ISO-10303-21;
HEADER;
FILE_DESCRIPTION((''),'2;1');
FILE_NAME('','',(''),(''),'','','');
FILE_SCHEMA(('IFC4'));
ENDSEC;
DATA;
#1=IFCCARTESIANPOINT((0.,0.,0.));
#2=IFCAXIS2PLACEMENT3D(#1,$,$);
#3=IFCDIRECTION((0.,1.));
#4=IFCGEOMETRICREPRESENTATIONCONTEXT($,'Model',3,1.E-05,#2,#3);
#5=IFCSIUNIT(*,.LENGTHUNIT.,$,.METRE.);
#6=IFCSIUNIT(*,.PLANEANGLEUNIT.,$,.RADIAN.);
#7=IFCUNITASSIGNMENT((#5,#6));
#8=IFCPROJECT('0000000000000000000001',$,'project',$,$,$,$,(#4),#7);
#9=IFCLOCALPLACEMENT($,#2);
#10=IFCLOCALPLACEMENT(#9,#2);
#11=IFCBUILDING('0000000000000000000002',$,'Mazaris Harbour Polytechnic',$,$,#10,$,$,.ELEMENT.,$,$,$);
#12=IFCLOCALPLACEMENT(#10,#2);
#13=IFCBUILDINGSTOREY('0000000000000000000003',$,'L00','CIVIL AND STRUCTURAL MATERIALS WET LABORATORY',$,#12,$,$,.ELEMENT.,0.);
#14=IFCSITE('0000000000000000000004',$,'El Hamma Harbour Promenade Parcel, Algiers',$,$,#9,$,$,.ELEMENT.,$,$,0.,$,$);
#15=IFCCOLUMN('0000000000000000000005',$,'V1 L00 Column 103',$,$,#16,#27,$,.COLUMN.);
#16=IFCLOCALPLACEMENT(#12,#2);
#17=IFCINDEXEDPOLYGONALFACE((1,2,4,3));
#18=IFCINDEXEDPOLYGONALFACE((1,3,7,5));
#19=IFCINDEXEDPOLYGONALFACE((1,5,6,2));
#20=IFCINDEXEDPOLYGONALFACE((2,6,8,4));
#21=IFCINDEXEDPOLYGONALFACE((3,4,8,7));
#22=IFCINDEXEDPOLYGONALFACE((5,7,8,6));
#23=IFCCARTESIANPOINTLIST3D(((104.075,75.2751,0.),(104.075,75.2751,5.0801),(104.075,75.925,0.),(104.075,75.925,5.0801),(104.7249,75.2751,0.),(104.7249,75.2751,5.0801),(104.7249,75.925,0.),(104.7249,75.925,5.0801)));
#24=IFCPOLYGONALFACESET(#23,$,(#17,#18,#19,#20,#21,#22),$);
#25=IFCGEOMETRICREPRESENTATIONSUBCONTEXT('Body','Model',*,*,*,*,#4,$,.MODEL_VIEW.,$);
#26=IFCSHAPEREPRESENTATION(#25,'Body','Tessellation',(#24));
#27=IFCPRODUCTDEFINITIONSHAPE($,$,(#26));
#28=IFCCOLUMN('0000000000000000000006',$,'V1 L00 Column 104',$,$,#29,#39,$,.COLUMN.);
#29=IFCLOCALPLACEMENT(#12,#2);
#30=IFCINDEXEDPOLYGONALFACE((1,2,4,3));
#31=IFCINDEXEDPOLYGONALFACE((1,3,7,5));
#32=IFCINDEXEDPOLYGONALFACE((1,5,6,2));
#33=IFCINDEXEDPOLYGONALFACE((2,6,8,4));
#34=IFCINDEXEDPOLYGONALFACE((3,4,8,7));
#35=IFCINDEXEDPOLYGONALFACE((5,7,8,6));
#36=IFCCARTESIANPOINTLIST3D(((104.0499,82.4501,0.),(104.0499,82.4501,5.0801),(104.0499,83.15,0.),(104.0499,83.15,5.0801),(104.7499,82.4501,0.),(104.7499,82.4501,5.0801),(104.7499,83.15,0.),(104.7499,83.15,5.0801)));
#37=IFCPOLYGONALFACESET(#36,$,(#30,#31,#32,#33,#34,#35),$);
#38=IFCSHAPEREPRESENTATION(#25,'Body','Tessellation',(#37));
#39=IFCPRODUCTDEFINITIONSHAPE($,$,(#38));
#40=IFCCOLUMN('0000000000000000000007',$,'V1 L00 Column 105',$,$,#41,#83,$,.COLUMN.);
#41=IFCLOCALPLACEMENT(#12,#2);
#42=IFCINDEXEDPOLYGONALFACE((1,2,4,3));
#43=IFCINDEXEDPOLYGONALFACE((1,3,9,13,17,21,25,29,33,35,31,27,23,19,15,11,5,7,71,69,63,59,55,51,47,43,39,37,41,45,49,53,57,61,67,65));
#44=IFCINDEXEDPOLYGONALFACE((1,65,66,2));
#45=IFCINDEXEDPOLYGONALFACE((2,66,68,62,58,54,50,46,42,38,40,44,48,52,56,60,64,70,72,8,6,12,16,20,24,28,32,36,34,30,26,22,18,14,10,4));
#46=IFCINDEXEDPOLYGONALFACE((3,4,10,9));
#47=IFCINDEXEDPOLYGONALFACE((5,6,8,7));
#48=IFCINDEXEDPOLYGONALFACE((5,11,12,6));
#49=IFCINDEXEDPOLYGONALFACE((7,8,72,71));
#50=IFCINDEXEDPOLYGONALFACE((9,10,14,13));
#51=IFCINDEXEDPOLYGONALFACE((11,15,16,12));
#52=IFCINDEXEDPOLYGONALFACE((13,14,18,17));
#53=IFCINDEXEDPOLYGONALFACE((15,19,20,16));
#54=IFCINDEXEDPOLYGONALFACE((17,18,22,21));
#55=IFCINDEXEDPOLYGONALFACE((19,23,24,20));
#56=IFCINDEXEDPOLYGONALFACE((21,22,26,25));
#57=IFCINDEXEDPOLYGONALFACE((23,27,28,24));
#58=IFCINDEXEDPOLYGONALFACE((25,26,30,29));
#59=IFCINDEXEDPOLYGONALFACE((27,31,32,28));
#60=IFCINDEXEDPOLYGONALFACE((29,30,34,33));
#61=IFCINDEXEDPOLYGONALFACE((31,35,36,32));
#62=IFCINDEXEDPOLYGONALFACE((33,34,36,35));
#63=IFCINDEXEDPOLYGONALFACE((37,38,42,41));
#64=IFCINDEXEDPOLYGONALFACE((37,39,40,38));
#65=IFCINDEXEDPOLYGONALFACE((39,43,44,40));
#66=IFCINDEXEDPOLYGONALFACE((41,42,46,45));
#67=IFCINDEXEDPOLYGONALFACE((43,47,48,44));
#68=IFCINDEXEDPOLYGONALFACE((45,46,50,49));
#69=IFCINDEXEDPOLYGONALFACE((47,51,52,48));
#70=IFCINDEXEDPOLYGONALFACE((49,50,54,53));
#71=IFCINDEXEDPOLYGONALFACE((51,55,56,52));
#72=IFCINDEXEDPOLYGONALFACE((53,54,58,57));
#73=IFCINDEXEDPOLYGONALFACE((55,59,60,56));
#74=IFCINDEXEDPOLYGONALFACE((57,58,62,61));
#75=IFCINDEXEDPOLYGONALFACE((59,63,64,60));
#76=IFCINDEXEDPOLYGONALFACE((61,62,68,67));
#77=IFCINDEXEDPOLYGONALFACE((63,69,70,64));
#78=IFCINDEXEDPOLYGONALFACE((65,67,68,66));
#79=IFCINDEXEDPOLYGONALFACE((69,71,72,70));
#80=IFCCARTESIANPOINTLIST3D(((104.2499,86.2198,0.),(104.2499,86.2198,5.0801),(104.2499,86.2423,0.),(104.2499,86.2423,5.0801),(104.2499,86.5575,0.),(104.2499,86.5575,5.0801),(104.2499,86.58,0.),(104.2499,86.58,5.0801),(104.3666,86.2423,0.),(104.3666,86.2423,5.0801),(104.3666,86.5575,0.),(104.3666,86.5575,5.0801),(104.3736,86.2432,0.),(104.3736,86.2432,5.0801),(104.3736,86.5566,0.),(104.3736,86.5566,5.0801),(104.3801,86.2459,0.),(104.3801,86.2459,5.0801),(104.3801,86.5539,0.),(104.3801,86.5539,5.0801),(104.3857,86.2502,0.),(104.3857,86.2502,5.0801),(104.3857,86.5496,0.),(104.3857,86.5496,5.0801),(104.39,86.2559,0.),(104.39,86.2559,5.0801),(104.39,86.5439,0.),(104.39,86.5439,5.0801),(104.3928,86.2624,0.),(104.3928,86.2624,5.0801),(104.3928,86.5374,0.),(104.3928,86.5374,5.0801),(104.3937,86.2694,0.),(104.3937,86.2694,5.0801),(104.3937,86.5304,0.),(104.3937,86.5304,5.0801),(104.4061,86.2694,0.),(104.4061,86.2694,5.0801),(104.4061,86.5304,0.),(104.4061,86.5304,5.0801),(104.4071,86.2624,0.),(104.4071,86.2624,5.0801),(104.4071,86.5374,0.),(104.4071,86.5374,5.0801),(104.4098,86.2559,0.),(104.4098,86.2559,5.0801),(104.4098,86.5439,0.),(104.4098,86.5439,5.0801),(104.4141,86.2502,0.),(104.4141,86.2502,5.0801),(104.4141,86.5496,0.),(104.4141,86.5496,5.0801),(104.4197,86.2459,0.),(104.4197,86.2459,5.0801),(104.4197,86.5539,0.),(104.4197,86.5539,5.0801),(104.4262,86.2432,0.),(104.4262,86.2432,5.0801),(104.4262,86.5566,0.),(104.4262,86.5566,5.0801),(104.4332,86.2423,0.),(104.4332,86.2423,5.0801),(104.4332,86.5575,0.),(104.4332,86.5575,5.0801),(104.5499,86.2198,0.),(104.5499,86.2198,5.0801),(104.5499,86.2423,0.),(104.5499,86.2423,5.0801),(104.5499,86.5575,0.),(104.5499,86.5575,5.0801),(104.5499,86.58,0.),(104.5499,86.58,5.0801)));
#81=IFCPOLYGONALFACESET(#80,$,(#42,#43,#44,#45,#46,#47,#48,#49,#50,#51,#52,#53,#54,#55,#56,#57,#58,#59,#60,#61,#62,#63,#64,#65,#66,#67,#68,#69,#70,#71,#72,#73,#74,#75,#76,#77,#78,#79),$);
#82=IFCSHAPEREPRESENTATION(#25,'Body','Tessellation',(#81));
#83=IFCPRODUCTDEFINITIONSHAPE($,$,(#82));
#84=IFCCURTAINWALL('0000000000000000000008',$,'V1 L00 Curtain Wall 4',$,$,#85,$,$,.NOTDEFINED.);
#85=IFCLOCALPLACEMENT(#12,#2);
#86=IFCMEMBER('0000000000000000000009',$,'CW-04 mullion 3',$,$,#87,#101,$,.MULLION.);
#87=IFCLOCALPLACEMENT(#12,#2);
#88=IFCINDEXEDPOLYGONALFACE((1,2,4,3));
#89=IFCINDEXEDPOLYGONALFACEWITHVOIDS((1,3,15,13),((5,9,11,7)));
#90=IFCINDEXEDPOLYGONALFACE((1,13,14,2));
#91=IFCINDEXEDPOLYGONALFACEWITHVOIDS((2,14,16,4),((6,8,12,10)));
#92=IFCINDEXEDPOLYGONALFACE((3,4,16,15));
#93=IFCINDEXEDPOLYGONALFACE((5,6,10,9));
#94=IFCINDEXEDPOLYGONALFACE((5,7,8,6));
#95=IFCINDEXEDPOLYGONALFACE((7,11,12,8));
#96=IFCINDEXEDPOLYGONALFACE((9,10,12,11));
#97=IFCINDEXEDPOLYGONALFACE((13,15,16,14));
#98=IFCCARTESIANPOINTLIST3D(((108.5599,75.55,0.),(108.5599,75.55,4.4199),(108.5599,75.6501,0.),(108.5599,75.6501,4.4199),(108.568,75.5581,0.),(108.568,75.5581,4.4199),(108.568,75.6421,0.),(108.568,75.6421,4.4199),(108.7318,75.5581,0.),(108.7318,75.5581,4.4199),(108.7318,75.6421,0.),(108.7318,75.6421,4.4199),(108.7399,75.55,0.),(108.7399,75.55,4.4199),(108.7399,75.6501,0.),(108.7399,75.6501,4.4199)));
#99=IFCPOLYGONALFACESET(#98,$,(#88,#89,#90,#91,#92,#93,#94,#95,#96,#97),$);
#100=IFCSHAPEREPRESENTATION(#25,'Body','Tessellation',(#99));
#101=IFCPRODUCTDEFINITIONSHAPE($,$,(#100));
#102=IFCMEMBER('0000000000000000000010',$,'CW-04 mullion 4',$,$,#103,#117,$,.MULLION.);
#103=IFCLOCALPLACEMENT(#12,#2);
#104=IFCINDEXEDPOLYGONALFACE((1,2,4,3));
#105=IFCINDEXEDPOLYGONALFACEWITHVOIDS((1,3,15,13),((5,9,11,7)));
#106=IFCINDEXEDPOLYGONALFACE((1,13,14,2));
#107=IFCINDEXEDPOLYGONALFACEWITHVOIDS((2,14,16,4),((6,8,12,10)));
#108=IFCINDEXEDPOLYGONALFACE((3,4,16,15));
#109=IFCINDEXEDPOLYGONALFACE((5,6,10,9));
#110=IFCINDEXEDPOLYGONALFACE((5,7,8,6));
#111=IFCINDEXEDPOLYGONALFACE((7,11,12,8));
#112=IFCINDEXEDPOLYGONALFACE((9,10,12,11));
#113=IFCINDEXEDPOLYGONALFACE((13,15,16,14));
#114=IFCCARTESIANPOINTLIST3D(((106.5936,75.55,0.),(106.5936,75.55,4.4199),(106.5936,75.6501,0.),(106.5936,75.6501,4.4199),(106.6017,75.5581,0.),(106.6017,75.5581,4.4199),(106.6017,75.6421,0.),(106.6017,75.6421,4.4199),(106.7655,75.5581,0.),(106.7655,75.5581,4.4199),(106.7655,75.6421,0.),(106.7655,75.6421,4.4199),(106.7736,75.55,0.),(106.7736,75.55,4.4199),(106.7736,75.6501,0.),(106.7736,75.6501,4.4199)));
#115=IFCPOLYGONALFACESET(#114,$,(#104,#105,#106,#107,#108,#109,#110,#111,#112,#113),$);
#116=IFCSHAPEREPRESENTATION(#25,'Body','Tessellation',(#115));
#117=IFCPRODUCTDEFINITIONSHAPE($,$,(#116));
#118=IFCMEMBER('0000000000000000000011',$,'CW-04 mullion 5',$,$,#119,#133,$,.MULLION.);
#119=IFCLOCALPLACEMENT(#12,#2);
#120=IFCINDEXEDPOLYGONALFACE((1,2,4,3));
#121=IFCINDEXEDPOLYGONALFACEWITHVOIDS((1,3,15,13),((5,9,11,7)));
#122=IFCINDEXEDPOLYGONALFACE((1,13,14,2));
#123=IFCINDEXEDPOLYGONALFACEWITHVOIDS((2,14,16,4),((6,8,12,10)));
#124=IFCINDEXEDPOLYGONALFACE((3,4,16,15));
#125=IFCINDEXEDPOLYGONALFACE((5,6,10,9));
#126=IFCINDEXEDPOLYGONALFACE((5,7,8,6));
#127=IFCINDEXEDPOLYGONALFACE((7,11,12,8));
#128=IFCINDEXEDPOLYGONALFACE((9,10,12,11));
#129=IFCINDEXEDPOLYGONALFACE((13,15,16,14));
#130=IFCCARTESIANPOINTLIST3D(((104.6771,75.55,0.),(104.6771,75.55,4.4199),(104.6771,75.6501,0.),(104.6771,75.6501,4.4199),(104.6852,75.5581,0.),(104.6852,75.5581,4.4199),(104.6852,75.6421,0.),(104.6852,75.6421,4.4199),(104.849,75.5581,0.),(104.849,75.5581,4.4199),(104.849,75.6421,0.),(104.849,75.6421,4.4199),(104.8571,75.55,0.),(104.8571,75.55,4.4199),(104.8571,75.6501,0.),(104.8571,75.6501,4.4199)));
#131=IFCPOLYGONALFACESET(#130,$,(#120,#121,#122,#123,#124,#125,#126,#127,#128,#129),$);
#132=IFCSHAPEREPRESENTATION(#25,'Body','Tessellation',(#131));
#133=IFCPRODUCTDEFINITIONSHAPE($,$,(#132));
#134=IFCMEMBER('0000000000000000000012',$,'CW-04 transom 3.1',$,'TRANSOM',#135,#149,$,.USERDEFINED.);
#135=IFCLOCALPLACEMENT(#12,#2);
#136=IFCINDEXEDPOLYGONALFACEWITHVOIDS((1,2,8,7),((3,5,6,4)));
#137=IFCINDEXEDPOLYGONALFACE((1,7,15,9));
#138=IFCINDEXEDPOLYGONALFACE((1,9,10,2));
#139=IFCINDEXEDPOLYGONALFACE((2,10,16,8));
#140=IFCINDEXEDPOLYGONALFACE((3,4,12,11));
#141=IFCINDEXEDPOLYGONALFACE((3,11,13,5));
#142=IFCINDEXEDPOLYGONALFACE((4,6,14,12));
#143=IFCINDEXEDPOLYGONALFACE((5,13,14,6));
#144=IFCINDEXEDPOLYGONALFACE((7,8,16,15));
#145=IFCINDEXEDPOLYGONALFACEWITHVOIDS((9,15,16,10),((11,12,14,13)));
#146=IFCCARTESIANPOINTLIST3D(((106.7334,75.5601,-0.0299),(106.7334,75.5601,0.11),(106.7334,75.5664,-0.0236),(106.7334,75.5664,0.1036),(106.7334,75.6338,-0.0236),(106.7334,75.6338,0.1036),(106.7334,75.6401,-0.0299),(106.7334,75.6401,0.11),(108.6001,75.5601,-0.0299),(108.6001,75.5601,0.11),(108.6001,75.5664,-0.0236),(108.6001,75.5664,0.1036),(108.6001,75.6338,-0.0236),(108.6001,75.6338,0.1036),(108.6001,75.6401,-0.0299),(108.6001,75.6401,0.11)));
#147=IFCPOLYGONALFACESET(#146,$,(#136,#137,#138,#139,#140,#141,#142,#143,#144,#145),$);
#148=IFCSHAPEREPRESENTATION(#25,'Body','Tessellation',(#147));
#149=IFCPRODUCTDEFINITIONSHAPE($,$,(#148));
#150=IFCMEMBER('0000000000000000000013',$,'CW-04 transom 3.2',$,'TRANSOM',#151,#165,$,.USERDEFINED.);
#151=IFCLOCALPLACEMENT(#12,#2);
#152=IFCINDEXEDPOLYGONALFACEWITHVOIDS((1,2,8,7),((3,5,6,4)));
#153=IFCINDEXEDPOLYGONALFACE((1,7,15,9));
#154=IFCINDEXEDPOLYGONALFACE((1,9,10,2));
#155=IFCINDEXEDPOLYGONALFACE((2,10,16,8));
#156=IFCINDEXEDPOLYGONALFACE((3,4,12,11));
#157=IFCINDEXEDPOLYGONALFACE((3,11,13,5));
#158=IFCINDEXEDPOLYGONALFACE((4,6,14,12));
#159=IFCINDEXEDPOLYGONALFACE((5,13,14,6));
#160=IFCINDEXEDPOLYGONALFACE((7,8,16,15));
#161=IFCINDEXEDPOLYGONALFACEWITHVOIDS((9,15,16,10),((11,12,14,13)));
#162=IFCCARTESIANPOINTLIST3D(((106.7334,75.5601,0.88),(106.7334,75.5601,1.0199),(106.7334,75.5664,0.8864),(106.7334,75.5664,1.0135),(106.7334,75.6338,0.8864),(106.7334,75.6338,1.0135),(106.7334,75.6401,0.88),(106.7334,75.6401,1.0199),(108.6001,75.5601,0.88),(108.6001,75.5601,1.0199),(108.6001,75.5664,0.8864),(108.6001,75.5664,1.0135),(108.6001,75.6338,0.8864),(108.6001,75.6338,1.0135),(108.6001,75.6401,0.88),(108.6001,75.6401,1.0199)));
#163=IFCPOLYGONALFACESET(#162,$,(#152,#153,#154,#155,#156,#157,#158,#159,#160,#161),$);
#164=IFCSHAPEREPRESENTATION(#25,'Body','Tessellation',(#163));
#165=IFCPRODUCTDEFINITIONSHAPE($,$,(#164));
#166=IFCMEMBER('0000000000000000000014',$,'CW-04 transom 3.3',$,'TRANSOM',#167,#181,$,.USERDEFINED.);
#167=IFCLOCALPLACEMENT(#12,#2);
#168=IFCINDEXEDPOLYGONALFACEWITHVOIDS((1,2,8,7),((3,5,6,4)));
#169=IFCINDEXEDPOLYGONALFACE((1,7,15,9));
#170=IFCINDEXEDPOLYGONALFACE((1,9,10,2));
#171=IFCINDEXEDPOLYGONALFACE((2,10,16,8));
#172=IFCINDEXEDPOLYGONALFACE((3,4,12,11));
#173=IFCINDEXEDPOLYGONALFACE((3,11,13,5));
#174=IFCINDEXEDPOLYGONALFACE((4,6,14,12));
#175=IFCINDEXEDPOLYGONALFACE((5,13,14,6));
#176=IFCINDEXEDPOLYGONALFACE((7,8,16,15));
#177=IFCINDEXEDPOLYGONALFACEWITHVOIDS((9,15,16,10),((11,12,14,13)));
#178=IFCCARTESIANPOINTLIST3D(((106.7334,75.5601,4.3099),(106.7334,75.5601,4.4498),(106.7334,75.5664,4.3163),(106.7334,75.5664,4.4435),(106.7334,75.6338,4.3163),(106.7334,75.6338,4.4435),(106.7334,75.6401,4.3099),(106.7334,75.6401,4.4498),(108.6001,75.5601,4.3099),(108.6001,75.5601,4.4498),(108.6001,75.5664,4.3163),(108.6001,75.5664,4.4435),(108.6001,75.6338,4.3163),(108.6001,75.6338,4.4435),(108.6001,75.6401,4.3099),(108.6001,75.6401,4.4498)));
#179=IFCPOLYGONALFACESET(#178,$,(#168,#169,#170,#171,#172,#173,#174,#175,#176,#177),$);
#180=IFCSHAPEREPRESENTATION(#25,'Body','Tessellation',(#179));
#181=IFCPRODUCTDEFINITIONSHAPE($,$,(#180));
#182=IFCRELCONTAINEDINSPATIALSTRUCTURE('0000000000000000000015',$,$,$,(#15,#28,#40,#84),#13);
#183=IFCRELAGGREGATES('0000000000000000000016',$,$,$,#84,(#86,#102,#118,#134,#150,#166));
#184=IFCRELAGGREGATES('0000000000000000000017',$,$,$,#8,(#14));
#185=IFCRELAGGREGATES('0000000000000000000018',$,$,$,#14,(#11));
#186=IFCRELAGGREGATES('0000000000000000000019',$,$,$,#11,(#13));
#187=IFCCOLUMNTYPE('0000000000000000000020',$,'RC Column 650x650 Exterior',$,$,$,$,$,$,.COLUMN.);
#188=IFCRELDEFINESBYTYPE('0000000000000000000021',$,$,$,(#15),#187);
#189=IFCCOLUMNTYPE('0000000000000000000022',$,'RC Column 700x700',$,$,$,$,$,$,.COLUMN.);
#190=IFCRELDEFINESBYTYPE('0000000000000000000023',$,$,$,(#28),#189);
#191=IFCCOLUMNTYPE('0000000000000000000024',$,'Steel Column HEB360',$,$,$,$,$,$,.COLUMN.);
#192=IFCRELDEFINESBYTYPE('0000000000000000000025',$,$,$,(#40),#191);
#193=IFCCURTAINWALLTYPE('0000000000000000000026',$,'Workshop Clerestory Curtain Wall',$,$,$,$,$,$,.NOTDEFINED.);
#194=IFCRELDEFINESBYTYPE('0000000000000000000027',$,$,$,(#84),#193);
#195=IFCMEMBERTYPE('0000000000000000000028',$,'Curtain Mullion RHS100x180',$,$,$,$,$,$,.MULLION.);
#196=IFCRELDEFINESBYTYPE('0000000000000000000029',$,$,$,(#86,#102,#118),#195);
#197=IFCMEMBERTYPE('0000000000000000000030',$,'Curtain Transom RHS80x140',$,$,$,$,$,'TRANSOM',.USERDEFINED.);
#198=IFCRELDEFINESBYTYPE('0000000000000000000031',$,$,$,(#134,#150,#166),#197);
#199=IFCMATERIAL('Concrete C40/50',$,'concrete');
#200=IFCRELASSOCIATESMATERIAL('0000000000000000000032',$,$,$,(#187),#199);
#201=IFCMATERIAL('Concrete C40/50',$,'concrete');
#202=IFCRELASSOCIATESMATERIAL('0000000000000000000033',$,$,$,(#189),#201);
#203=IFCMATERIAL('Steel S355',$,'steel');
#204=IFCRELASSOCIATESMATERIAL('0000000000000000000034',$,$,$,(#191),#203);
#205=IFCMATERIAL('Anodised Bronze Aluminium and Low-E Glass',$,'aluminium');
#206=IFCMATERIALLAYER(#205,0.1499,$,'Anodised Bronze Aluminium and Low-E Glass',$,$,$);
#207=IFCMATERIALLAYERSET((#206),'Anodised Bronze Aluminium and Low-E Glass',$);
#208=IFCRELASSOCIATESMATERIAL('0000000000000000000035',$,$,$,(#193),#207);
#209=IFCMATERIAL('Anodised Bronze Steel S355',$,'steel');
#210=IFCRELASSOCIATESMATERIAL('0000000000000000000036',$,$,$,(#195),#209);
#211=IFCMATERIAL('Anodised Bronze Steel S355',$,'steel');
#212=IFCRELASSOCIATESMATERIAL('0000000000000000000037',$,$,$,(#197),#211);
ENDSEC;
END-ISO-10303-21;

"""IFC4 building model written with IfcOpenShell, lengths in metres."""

from ifc_helpers import new_model, si_unit, direction, frame, origin, origin_2d, place, context, subcontext, project, spatial, rectangle, hollow_rectangle, i_section, extrude, material, layer, layer_set, material_profile, profile_set, type_object, element, aggregate, save


model = new_model("IFC4")

# Units and contexts
model_context = context("Model", 3, precision=1e-05, world=origin(), true_north=direction((0.0, 1.0)))
body_context = subcontext(model_context, "Body", "Model", "MODEL_VIEW")
ifc_project = project(units=[si_unit("LENGTHUNIT", "METRE"), si_unit("PLANEANGLEUNIT", "RADIAN")], contexts=[model_context])

# Site, building, storey
site_placement = place(None, origin())
site = spatial("IfcSite", under=ifc_project, at=site_placement, Name="El Hamma Harbour Promenade Parcel, Algiers", CompositionType="ELEMENT", RefElevation=0.0)
building_placement = place(site_placement, origin())
building = spatial("IfcBuilding", under=site, at=building_placement, Name="Mazaris Harbour Polytechnic", CompositionType="ELEMENT")
storey_placement = place(building_placement, origin())
storey = spatial("IfcBuildingStorey", under=building, at=storey_placement, Name="L00", Description="CIVIL AND STRUCTURAL MATERIALS WET LABORATORY", CompositionType="ELEMENT", Elevation=0.0)

# Columns
ifc_material_1 = material(Name="Concrete C40/50", Category="concrete")
ifc_material_profile_1 = material_profile(ifc_material_1, rectangle(XDim=0.6499, YDim=0.6499, at=origin_2d()), Name="RECT650x650")
ifc_profile_set_1 = profile_set([ifc_material_profile_1], Name="Concrete C40/50")
column_type_1 = type_object("IfcColumnType", Name="RC Column 650x650 Exterior", PredefinedType="COLUMN", material=ifc_profile_set_1)
column_1_placement = place(storey_placement, frame((104.3999, 75.6001, 0.0), z_axis=(0.0, 0.0, 1.0), x_axis=(1.0, 0.0, 0.0)))
element("IfcColumn", 1, at=column_1_placement, inside=storey, type_object=column_type_1, Name="V1 L00 Column 103", PredefinedType="COLUMN", context=body_context, shape_type="SweptSolid", body=[
    extrude(rectangle(XDim=0.6499, YDim=0.6499, at=origin_2d()), origin(), (0.0, 0.0, 1.0), 5.0801),
])
ifc_material_2 = material(Name="Concrete C40/50", Category="concrete")
ifc_material_profile_2 = material_profile(ifc_material_2, rectangle(XDim=0.7, YDim=0.7, at=origin_2d()), Name="RECT700x700")
ifc_profile_set_2 = profile_set([ifc_material_profile_2], Name="Concrete C40/50")
column_type_2 = type_object("IfcColumnType", Name="RC Column 700x700", PredefinedType="COLUMN", material=ifc_profile_set_2)
column_2_placement = place(storey_placement, frame((104.3999, 82.8, 0.0), z_axis=(0.0, 0.0, 1.0), x_axis=(1.0, 0.0, 0.0)))
element("IfcColumn", 2, at=column_2_placement, inside=storey, type_object=column_type_2, Name="V1 L00 Column 104", PredefinedType="COLUMN", context=body_context, shape_type="SweptSolid", body=[
    extrude(rectangle(XDim=0.7, YDim=0.7, at=origin_2d()), origin(), (0.0, 0.0, 1.0), 5.0801),
])
ifc_material_3 = material(Name="Steel S355", Category="steel")
ifc_material_profile_3 = material_profile(ifc_material_3, i_section(OverallWidth=0.3, OverallDepth=0.3601, WebThickness=0.0125, FlangeThickness=0.0225, FilletRadius=0.0271, at=origin_2d()), Name="HEB 360")
ifc_profile_set_3 = profile_set([ifc_material_profile_3], Name="Steel S355")
column_type_3 = type_object("IfcColumnType", Name="Steel Column HEB360", PredefinedType="COLUMN", material=ifc_profile_set_3)
column_3_placement = place(storey_placement, frame((104.3999, 86.3999, 0.0), z_axis=(0.0, 0.0, 1.0), x_axis=(1.0, 0.0, 0.0)))
element("IfcColumn", 3, at=column_3_placement, inside=storey, type_object=column_type_3, Name="V1 L00 Column 105", PredefinedType="COLUMN", context=body_context, shape_type="SweptSolid", body=[
    extrude(i_section(OverallWidth=0.3, OverallDepth=0.3601, WebThickness=0.0125, FlangeThickness=0.0225, FilletRadius=0.0271, at=origin_2d()), origin(), (0.0, 0.0, 1.0), 5.0801),
])

# Curtain wall, members
ifc_material_4 = material(Name="Anodised Bronze Aluminium and Low-E Glass", Category="aluminium")
ifc_layer_1 = layer(ifc_material_4, 0.1499, Name="Anodised Bronze Aluminium and Low-E Glass")
ifc_layer_set_1 = layer_set([ifc_layer_1], Name="Anodised Bronze Aluminium and Low-E Glass")
curtain_wall_type = type_object("IfcCurtainWallType", Name="Workshop Clerestory Curtain Wall", PredefinedType="NOTDEFINED", material=ifc_layer_set_1)
curtain_wall_placement = place(storey_placement, origin())
curtain_wall = element("IfcCurtainWall", 4, at=curtain_wall_placement, inside=storey, type_object=curtain_wall_type, Name="V1 L00 Curtain Wall 4", PredefinedType="NOTDEFINED")
ifc_material_5 = material(Name="Anodised Bronze Steel S355", Category="steel")
ifc_material_profile_4 = material_profile(ifc_material_5, hollow_rectangle(XDim=0.1001, YDim=0.1799, WallThickness=0.0081, at=origin_2d()), Name="RHS 100x180x8.0")
ifc_profile_set_4 = profile_set([ifc_material_profile_4], Name="Anodised Bronze Steel S355")
member_type_1 = type_object("IfcMemberType", Name="Curtain Mullion RHS100x180", PredefinedType="MULLION", material=ifc_profile_set_4)
member_1_placement = place(storey_placement, frame((108.6499, 75.6001, 0.0), z_axis=(0.0, 0.0, 1.0), x_axis=(0.0, -1.0, 0.0)))
member_1 = element("IfcMember", 5, at=member_1_placement, type_object=member_type_1, Name="CW-04 mullion 3", PredefinedType="MULLION", context=body_context, shape_type="SweptSolid", body=[
    extrude(hollow_rectangle(XDim=0.1001, YDim=0.1799, WallThickness=0.0081, at=origin_2d()), origin(), (0.0, 0.0, 1.0), 4.4199),
])
member_2_placement = place(storey_placement, frame((106.6836, 75.6001, 0.0), z_axis=(0.0, 0.0, 1.0), x_axis=(0.0, -1.0, 0.0)))
member_2 = element("IfcMember", 6, at=member_2_placement, type_object=member_type_1, Name="CW-04 mullion 4", PredefinedType="MULLION", context=body_context, shape_type="SweptSolid", body=[
    extrude(hollow_rectangle(XDim=0.1001, YDim=0.1799, WallThickness=0.0081, at=origin_2d()), origin(), (0.0, 0.0, 1.0), 4.4199),
])
member_3_placement = place(storey_placement, frame((104.7671, 75.6001, 0.0), z_axis=(0.0, 0.0, 1.0), x_axis=(0.0, -1.0, 0.0)))
member_3 = element("IfcMember", 7, at=member_3_placement, type_object=member_type_1, Name="CW-04 mullion 5", PredefinedType="MULLION", context=body_context, shape_type="SweptSolid", body=[
    extrude(hollow_rectangle(XDim=0.1001, YDim=0.1799, WallThickness=0.0081, at=origin_2d()), origin(), (0.0, 0.0, 1.0), 4.4199),
])
ifc_material_6 = material(Name="Anodised Bronze Steel S355", Category="steel")
ifc_material_profile_5 = material_profile(ifc_material_6, hollow_rectangle(XDim=0.0801, YDim=0.1399, WallThickness=0.0063, at=origin_2d()), Name="RHS 80x140x6.3")
ifc_profile_set_5 = profile_set([ifc_material_profile_5], Name="Anodised Bronze Steel S355")
member_type_2 = type_object("IfcMemberType", Name="Curtain Transom RHS80x140", ElementType="TRANSOM", PredefinedType="USERDEFINED", material=ifc_profile_set_5)
member_4_placement = place(storey_placement, frame((108.6001, 75.6001, 0.04), z_axis=(-1.0, 0.0, 0.0), x_axis=(0.0, -1.0, 0.0)))
member_4 = element("IfcMember", 8, at=member_4_placement, type_object=member_type_2, Name="CW-04 transom 3.1", ObjectType="TRANSOM", PredefinedType="USERDEFINED", context=body_context, shape_type="SweptSolid", body=[
    extrude(hollow_rectangle(XDim=0.0801, YDim=0.1399, WallThickness=0.0063, at=origin_2d()), origin(), (0.0, 0.0, 1.0), 1.8667),
])
member_5_placement = place(storey_placement, frame((108.6001, 75.6001, 0.95), z_axis=(-1.0, 0.0, 0.0), x_axis=(0.0, -1.0, 0.0)))
member_5 = element("IfcMember", 9, at=member_5_placement, type_object=member_type_2, Name="CW-04 transom 3.2", ObjectType="TRANSOM", PredefinedType="USERDEFINED", context=body_context, shape_type="SweptSolid", body=[
    extrude(hollow_rectangle(XDim=0.0801, YDim=0.1399, WallThickness=0.0063, at=origin_2d()), origin(), (0.0, 0.0, 1.0), 1.8667),
])
member_6_placement = place(storey_placement, frame((108.6001, 75.6001, 4.3799), z_axis=(-1.0, 0.0, 0.0), x_axis=(0.0, -1.0, 0.0)))
member_6 = element("IfcMember", 10, at=member_6_placement, type_object=member_type_2, Name="CW-04 transom 3.3", ObjectType="TRANSOM", PredefinedType="USERDEFINED", context=body_context, shape_type="SweptSolid", body=[
    extrude(hollow_rectangle(XDim=0.0801, YDim=0.1399, WallThickness=0.0063, at=origin_2d()), origin(), (0.0, 0.0, 1.0), 1.8667),
])

aggregate(curtain_wall, [member_1, member_2, member_3, member_4, member_5, member_6])

save(model, "model.ifc")
